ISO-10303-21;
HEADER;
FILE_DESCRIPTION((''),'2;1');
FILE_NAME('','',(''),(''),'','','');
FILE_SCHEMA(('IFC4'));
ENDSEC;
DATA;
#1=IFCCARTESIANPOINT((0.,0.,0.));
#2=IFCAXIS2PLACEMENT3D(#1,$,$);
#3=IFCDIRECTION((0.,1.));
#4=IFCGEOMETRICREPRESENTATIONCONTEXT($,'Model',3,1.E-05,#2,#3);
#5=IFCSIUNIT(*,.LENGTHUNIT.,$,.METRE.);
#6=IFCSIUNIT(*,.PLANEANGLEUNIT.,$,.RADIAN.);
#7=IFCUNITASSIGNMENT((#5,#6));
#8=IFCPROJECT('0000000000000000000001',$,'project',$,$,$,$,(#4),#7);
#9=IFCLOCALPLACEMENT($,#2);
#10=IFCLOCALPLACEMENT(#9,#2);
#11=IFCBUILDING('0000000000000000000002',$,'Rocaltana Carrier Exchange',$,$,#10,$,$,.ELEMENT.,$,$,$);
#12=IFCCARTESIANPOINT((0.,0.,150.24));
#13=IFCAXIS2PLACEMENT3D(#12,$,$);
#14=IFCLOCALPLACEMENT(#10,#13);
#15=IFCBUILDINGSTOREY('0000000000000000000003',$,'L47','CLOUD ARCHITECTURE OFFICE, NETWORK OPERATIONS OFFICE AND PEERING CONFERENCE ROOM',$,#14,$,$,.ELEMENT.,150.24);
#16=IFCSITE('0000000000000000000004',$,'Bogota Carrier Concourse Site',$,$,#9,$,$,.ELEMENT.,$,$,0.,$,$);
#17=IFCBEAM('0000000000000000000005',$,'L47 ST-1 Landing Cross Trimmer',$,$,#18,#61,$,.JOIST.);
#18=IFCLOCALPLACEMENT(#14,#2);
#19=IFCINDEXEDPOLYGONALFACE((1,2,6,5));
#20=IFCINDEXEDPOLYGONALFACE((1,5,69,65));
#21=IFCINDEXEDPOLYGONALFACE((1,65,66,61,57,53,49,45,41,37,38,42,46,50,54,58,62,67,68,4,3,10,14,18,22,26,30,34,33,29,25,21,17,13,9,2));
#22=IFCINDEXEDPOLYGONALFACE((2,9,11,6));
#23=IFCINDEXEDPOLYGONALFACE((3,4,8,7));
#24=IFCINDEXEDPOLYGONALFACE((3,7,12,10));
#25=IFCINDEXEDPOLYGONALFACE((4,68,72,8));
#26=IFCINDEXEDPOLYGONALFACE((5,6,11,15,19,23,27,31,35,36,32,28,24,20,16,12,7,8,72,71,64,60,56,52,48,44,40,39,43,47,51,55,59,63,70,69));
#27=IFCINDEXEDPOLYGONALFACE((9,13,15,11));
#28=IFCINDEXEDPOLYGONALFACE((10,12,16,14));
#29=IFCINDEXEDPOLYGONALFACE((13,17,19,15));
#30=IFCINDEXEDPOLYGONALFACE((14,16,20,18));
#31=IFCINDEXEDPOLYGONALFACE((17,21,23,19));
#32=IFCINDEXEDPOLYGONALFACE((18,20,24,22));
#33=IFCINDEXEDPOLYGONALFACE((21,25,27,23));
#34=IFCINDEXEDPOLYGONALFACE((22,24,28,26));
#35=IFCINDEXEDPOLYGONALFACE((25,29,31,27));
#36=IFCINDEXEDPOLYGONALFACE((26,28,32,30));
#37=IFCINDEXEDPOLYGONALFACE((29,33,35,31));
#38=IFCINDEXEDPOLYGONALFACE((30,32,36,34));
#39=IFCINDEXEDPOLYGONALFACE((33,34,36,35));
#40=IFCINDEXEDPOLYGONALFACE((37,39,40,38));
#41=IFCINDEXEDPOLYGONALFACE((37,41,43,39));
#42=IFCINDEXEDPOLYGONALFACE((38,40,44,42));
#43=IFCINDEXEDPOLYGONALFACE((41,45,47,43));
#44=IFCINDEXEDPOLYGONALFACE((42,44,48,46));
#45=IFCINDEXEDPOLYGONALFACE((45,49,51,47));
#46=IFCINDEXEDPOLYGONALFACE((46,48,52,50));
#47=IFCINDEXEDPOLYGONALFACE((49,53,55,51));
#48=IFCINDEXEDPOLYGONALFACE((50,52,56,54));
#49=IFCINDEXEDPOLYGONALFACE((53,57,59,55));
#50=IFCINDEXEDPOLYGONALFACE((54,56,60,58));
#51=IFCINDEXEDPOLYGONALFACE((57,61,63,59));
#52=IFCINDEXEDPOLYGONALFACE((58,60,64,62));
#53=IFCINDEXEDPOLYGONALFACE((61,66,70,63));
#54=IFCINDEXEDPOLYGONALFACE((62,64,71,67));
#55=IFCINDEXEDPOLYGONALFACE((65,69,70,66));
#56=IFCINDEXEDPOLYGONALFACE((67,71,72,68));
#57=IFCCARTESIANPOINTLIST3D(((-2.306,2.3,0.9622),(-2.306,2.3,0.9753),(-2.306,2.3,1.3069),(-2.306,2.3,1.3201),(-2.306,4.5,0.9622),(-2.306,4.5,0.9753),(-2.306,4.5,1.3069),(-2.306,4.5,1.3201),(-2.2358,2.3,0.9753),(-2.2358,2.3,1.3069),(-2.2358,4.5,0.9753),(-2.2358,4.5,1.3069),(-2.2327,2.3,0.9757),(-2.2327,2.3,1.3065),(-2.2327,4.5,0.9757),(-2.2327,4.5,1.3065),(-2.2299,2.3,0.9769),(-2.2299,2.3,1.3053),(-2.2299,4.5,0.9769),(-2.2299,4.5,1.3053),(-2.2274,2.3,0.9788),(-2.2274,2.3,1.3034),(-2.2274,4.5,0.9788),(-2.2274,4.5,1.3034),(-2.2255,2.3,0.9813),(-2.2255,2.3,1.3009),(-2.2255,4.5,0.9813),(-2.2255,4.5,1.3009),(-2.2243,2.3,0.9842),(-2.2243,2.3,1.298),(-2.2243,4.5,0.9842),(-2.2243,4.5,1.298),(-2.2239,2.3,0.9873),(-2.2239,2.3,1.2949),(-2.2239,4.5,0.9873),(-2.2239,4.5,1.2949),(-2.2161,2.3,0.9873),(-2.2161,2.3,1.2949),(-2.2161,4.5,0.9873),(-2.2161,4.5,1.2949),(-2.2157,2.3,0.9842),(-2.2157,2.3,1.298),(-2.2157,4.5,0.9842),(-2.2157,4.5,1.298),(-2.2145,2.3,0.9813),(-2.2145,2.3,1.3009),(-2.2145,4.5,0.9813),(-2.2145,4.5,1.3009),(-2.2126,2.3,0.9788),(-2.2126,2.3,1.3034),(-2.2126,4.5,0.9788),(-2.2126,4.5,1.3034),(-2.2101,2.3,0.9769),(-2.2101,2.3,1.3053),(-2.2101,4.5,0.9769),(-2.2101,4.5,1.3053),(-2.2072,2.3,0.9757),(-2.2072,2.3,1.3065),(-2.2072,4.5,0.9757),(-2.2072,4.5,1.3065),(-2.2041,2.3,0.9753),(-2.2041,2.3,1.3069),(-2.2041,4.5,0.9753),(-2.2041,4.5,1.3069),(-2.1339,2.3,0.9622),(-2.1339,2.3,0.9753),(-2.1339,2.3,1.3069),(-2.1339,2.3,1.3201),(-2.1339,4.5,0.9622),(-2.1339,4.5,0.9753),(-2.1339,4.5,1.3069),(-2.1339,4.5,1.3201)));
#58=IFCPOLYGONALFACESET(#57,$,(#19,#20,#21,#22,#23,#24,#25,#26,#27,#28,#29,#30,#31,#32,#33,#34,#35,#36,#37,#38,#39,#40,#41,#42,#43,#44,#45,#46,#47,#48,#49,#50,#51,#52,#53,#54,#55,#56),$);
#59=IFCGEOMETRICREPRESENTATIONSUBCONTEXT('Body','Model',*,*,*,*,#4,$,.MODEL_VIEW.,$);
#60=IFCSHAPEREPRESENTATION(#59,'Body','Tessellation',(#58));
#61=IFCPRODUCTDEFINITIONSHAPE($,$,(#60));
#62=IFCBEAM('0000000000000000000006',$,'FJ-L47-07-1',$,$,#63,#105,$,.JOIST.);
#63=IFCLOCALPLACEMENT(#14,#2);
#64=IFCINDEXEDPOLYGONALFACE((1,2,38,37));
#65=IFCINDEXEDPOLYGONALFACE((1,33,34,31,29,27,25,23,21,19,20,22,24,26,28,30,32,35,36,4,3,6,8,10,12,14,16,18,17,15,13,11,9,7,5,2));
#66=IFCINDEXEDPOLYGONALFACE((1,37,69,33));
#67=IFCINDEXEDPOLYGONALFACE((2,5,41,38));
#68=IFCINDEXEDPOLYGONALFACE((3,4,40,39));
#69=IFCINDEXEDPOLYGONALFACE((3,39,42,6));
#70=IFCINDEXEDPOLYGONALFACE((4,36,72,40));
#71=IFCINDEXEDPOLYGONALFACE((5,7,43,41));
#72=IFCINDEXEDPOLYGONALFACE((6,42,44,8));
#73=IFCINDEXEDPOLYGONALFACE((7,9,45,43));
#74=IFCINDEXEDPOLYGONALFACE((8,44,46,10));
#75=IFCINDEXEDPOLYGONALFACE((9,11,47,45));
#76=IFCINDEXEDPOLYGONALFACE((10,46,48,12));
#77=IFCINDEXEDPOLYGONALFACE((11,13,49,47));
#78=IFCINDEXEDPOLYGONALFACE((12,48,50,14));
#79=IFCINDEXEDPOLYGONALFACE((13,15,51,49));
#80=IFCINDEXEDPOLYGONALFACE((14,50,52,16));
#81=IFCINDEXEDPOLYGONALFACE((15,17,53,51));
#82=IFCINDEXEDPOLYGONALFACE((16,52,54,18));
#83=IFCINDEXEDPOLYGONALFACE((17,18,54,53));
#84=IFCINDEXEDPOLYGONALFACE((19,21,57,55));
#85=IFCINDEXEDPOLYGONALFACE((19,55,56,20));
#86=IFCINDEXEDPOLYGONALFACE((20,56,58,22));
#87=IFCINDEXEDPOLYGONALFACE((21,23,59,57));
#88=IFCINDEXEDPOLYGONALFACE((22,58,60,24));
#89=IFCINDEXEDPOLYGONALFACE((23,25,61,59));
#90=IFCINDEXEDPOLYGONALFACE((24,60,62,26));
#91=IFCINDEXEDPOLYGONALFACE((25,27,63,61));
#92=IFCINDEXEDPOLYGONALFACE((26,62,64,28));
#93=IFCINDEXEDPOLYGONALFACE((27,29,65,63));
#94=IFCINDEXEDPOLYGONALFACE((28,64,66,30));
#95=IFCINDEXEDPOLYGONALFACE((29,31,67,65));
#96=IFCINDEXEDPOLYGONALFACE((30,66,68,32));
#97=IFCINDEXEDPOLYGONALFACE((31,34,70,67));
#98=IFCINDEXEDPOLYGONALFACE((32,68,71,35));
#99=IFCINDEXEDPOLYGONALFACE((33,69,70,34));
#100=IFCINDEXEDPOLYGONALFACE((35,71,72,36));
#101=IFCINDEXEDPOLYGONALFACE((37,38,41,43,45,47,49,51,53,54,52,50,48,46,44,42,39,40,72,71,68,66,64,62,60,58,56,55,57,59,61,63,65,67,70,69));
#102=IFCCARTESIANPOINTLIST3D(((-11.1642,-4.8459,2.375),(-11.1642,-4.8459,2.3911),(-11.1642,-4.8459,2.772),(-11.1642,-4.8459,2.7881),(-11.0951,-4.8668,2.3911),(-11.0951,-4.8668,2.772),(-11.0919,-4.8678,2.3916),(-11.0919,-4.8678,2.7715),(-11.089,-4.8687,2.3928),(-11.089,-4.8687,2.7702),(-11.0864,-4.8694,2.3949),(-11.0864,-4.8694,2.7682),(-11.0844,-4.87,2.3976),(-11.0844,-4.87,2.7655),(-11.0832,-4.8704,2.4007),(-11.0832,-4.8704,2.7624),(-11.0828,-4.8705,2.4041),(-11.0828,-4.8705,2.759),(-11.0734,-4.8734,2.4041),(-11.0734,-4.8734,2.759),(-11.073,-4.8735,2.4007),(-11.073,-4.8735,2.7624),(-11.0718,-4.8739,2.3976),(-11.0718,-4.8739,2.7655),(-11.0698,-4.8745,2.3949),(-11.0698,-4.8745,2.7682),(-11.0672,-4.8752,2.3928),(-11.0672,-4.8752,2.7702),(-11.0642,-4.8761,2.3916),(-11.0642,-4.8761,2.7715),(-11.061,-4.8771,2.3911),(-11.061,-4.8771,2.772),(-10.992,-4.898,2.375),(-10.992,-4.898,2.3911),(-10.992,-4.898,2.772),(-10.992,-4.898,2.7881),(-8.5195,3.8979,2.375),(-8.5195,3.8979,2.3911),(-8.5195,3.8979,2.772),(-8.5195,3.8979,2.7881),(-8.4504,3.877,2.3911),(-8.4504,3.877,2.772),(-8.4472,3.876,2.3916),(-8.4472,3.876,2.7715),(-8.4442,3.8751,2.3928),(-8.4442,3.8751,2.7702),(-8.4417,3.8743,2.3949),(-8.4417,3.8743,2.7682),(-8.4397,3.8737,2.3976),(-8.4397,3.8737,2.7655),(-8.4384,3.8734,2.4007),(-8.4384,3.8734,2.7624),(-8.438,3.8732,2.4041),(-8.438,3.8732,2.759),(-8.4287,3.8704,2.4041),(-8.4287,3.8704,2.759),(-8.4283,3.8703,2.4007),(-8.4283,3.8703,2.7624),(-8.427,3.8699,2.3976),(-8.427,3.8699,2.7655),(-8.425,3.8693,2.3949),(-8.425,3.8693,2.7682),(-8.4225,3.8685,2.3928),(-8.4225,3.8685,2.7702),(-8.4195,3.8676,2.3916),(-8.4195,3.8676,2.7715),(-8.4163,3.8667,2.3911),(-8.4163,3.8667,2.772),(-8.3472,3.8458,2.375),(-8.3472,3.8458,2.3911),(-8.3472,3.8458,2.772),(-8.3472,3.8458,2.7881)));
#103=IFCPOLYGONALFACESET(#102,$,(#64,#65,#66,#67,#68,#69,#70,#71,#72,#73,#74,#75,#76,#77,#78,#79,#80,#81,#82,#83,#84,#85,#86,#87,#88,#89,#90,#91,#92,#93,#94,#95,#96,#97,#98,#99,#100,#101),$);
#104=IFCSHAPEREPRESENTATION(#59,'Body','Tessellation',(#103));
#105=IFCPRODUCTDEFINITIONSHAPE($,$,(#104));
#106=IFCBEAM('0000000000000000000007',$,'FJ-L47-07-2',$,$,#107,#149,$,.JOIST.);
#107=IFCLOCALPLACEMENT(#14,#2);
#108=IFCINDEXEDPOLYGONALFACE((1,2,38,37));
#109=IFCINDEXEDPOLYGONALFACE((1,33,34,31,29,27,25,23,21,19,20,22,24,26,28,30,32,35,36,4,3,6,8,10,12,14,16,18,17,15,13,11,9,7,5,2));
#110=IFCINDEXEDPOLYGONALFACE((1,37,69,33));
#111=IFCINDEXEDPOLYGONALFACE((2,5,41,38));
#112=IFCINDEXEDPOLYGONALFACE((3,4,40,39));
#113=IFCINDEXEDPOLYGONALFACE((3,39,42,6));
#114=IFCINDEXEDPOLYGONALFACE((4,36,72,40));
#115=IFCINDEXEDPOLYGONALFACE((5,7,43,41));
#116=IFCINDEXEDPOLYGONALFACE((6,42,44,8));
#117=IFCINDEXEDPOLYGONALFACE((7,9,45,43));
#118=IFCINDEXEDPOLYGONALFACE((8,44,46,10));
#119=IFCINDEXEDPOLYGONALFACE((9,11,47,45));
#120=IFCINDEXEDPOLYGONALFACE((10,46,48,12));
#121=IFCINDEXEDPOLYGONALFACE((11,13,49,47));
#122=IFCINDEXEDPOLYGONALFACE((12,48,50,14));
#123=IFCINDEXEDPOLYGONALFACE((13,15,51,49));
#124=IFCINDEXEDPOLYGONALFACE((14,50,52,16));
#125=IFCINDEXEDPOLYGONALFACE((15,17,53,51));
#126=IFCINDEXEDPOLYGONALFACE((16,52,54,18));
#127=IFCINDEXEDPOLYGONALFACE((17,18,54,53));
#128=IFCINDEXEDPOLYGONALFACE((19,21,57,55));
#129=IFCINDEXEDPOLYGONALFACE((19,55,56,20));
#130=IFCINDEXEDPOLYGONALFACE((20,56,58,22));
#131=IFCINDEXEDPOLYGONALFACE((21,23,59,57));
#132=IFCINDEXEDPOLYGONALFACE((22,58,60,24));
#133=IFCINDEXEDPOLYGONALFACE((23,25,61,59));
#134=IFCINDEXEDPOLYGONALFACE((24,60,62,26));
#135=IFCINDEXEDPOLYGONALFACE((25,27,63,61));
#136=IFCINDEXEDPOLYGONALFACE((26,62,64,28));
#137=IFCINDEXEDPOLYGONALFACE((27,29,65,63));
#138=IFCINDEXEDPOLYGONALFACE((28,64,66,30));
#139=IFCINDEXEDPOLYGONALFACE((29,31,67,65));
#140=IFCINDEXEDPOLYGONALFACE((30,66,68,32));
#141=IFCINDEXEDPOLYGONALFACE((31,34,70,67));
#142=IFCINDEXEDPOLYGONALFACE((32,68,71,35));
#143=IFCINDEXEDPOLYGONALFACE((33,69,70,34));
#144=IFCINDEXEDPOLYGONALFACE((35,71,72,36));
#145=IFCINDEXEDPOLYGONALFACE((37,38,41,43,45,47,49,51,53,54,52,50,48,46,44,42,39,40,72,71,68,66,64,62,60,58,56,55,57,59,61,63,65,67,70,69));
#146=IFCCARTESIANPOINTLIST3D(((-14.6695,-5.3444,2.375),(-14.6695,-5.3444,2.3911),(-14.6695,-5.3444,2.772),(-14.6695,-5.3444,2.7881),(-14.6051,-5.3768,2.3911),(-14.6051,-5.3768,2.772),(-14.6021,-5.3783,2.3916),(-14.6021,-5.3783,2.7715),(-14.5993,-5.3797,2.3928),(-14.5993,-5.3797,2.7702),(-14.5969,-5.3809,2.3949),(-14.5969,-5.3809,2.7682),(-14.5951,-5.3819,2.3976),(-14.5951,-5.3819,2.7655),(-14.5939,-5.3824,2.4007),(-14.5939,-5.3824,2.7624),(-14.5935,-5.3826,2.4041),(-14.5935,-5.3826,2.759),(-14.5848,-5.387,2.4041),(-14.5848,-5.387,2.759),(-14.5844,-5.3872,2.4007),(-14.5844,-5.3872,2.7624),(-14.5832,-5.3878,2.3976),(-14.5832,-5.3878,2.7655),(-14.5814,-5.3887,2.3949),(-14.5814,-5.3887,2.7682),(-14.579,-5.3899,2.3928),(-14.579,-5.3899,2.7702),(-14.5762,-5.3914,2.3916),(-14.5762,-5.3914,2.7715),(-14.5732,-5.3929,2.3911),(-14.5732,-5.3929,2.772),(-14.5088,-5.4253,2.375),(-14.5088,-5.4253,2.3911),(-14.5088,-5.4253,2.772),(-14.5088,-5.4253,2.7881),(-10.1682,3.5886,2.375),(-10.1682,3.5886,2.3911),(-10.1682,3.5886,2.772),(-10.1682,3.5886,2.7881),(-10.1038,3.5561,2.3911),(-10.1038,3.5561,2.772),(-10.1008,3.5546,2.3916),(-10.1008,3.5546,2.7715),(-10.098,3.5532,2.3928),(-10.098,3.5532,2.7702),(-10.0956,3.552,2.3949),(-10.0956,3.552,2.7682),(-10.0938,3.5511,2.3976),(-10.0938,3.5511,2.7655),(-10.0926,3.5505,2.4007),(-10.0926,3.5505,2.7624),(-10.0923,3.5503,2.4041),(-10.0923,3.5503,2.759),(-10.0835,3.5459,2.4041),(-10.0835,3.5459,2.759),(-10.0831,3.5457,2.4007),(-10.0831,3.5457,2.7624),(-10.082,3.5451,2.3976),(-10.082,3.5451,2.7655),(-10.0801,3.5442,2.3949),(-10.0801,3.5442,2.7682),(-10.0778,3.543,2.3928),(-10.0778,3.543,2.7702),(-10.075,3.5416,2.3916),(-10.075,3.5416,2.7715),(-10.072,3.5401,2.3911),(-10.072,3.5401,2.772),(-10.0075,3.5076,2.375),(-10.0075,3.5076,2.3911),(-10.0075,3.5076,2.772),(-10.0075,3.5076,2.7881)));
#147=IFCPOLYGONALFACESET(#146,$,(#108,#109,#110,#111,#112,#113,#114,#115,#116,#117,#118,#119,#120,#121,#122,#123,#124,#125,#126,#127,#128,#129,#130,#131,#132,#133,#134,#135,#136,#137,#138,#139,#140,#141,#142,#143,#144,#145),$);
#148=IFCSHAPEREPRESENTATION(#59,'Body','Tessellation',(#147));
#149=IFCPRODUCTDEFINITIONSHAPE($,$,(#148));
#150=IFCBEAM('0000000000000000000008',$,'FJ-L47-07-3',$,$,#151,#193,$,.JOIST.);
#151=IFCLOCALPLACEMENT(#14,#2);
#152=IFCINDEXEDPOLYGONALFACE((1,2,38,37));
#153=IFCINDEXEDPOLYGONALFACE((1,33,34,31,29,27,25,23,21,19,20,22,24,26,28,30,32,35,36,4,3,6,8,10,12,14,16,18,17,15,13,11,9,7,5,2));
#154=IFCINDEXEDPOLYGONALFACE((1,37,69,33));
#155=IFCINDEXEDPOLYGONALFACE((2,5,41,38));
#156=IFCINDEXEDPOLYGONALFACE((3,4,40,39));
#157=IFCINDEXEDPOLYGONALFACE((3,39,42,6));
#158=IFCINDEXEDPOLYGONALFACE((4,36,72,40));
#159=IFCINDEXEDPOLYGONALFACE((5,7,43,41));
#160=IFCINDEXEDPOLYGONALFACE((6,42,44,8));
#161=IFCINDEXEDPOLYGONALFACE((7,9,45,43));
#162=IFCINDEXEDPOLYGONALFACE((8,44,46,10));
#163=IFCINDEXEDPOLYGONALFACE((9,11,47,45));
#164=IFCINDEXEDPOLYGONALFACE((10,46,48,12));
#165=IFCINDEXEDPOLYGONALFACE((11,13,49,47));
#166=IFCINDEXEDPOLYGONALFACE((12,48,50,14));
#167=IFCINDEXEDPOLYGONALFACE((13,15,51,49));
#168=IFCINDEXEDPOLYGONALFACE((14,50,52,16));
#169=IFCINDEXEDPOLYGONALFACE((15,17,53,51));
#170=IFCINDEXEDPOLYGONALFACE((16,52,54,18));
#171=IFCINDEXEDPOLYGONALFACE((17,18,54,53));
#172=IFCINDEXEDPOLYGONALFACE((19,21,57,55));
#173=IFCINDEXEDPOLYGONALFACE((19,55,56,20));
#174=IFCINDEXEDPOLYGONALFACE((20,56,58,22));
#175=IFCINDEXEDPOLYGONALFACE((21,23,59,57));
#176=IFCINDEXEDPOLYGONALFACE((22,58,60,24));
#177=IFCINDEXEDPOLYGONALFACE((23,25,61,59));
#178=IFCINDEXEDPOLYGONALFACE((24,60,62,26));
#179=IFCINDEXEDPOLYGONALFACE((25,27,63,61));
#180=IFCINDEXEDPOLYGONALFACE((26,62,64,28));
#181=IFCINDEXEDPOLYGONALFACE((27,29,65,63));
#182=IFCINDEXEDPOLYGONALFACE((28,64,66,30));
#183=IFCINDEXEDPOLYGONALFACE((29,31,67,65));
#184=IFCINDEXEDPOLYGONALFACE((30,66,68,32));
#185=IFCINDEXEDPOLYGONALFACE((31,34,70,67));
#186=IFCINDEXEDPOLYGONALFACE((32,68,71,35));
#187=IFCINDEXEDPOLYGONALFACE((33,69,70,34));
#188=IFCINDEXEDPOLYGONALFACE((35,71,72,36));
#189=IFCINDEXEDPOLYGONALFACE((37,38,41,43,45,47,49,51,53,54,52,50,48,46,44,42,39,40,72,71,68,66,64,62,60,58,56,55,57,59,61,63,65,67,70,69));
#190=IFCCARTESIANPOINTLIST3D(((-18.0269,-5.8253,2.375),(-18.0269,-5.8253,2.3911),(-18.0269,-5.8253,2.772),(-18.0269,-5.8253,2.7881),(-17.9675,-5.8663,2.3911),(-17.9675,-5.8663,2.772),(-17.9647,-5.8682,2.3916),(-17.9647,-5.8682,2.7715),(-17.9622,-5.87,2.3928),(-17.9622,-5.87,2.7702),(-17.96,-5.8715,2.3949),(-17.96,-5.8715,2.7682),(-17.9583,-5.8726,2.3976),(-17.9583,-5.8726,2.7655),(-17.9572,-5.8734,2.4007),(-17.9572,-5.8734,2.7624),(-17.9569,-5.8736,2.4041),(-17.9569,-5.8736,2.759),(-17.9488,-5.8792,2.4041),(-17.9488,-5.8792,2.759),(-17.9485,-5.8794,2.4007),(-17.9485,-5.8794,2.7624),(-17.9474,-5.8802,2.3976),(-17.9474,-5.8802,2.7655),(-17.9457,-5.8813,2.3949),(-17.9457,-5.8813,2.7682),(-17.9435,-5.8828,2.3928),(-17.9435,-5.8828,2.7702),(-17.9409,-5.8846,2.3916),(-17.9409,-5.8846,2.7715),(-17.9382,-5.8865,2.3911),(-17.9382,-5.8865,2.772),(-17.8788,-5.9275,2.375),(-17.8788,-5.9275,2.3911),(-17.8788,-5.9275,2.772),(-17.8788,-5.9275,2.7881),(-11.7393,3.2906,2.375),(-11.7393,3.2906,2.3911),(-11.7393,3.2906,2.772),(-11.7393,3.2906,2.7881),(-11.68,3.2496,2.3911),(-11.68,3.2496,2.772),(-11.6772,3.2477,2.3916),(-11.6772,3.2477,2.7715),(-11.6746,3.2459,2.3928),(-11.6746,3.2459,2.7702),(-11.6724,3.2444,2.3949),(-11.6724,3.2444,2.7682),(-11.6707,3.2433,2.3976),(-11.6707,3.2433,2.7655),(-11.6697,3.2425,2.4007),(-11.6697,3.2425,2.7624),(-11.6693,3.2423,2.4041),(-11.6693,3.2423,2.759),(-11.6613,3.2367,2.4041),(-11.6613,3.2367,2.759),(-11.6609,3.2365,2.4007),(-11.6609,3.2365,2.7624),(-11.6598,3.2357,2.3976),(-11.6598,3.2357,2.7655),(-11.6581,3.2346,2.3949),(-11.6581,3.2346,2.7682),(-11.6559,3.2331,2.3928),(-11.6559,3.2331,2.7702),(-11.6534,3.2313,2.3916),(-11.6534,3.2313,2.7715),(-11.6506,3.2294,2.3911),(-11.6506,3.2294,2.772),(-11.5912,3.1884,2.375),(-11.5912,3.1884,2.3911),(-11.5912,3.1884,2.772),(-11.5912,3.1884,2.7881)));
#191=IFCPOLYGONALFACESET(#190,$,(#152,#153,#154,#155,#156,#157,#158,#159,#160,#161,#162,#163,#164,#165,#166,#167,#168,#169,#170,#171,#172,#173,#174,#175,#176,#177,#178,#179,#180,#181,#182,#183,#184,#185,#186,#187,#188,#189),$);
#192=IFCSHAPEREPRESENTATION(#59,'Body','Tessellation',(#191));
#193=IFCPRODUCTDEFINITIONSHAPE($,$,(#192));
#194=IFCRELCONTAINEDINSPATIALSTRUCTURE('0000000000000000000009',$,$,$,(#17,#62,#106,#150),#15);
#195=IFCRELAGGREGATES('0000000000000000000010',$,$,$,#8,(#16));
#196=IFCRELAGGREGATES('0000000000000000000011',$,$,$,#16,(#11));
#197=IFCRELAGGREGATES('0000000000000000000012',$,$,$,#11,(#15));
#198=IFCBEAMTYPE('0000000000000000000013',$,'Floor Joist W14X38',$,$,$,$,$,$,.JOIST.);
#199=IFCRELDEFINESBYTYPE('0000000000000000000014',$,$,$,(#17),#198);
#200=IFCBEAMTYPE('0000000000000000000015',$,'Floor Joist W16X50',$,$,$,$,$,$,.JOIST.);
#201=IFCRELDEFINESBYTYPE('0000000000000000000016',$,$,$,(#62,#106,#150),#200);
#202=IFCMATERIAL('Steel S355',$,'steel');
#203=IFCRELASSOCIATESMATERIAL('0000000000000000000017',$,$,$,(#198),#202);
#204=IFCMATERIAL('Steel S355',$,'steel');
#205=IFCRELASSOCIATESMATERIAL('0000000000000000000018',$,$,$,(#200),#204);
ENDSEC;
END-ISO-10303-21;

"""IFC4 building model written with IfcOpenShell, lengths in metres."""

from ifc_helpers import new_model, si_unit, direction, frame, origin, origin_2d, place, context, subcontext, project, spatial, i_section, extrude, material, material_profile, profile_set, type_object, element, save


model = new_model("IFC4")

# Units and contexts
model_context = context("Model", 3, precision=1e-05, world=origin(), true_north=direction((0.0, 1.0)))
body_context = subcontext(model_context, "Body", "Model", "MODEL_VIEW")
ifc_project = project(units=[si_unit("LENGTHUNIT", "METRE"), si_unit("PLANEANGLEUNIT", "RADIAN")], contexts=[model_context])

# Site, building, storey
site_placement = place(None, origin())
site = spatial("IfcSite", under=ifc_project, at=site_placement, Name="Bogota Carrier Concourse Site", CompositionType="ELEMENT", RefElevation=0.0)
building_placement = place(site_placement, origin())
building = spatial("IfcBuilding", under=site, at=building_placement, Name="Rocaltana Carrier Exchange", CompositionType="ELEMENT")
storey_placement = place(building_placement, frame((0.0, 0.0, 150.24)))
storey = spatial("IfcBuildingStorey", under=building, at=storey_placement, Name="L47", Description="CLOUD ARCHITECTURE OFFICE, NETWORK OPERATIONS OFFICE AND PEERING CONFERENCE ROOM", CompositionType="ELEMENT", Elevation=150.24)

# Beams
ifc_material_1 = material(Name="Steel S355", Category="steel")
ifc_material_profile_1 = material_profile(ifc_material_1, i_section(OverallWidth=0.1721, OverallDepth=0.3579, WebThickness=0.0078, FlangeThickness=0.0132, FilletRadius=0.012, at=origin_2d()), Name="W14X38")
ifc_profile_set_1 = profile_set([ifc_material_profile_1], Name="Steel S355")
beam_type_1 = type_object("IfcBeamType", Name="Floor Joist W14X38", PredefinedType="JOIST", material=ifc_profile_set_1)
beam_1_placement = place(storey_placement, frame((-2.22, 2.3, 1.1411), z_axis=(0.0, 1.0, 0.0), x_axis=(-1.0, 0.0, 0.0)))
element("IfcBeam", 1, at=beam_1_placement, inside=storey, type_object=beam_type_1, Name="L47 ST-1 Landing Cross Trimmer", PredefinedType="JOIST", context=body_context, shape_type="SweptSolid", body=[
    extrude(i_section(OverallWidth=0.1721, OverallDepth=0.3579, WebThickness=0.0078, FlangeThickness=0.0132, FilletRadius=0.012, at=origin_2d()), origin(), (0.0, 0.0, 1.0), 2.2),
])
ifc_material_2 = material(Name="Steel S355", Category="steel")
ifc_material_profile_2 = material_profile(ifc_material_2, i_section(OverallWidth=0.1799, OverallDepth=0.4131, WebThickness=0.0098, FlangeThickness=0.0161, FilletRadius=0.0129, at=origin_2d()), Name="W16X50")
ifc_profile_set_2 = profile_set([ifc_material_profile_2], Name="Steel S355")
beam_type_2 = type_object("IfcBeamType", Name="Floor Joist W16X50", PredefinedType="JOIST", material=ifc_profile_set_2)
beam_2_placement = place(storey_placement, frame((-8.4333, 3.8718, 2.5815), z_axis=(-0.289517, -0.957173, 0.0), x_axis=(0.957173, -0.289517, 0.0)))
element("IfcBeam", 2, at=beam_2_placement, inside=storey, type_object=beam_type_2, Name="FJ-L47-07-1", PredefinedType="JOIST", context=body_context, shape_type="SweptSolid", body=[
    extrude(i_section(OverallWidth=0.1799, OverallDepth=0.4131, WebThickness=0.0098, FlangeThickness=0.0161, FilletRadius=0.0129, at=origin_2d()), origin(), (0.0, 0.0, 1.0), 9.135),
])
beam_3_placement = place(storey_placement, frame((-10.0879, 3.5481, 2.5815), z_axis=(-0.449994, -0.893032, 0.0), x_axis=(0.893032, -0.449994, 0.0)))
element("IfcBeam", 3, at=beam_3_placement, inside=storey, type_object=beam_type_2, Name="FJ-L47-07-2", PredefinedType="JOIST", context=body_context, shape_type="SweptSolid", body=[
    extrude(i_section(OverallWidth=0.1799, OverallDepth=0.4131, WebThickness=0.0098, FlangeThickness=0.0161, FilletRadius=0.0129, at=origin_2d()), origin(), (0.0, 0.0, 1.0), 10.0029),
])
beam_4_placement = place(storey_placement, frame((-11.6653, 3.2395, 2.5815), z_axis=(-0.567777, -0.823182, 0.0), x_axis=(0.823182, -0.567777, 0.0)))
element("IfcBeam", 4, at=beam_4_placement, inside=storey, type_object=beam_type_2, Name="FJ-L47-07-3", PredefinedType="JOIST", context=body_context, shape_type="SweptSolid", body=[
    extrude(i_section(OverallWidth=0.1799, OverallDepth=0.4131, WebThickness=0.0098, FlangeThickness=0.0161, FilletRadius=0.0129, at=origin_2d()), origin(), (0.0, 0.0, 1.0), 11.074),
])

save(model, "model.ifc")
